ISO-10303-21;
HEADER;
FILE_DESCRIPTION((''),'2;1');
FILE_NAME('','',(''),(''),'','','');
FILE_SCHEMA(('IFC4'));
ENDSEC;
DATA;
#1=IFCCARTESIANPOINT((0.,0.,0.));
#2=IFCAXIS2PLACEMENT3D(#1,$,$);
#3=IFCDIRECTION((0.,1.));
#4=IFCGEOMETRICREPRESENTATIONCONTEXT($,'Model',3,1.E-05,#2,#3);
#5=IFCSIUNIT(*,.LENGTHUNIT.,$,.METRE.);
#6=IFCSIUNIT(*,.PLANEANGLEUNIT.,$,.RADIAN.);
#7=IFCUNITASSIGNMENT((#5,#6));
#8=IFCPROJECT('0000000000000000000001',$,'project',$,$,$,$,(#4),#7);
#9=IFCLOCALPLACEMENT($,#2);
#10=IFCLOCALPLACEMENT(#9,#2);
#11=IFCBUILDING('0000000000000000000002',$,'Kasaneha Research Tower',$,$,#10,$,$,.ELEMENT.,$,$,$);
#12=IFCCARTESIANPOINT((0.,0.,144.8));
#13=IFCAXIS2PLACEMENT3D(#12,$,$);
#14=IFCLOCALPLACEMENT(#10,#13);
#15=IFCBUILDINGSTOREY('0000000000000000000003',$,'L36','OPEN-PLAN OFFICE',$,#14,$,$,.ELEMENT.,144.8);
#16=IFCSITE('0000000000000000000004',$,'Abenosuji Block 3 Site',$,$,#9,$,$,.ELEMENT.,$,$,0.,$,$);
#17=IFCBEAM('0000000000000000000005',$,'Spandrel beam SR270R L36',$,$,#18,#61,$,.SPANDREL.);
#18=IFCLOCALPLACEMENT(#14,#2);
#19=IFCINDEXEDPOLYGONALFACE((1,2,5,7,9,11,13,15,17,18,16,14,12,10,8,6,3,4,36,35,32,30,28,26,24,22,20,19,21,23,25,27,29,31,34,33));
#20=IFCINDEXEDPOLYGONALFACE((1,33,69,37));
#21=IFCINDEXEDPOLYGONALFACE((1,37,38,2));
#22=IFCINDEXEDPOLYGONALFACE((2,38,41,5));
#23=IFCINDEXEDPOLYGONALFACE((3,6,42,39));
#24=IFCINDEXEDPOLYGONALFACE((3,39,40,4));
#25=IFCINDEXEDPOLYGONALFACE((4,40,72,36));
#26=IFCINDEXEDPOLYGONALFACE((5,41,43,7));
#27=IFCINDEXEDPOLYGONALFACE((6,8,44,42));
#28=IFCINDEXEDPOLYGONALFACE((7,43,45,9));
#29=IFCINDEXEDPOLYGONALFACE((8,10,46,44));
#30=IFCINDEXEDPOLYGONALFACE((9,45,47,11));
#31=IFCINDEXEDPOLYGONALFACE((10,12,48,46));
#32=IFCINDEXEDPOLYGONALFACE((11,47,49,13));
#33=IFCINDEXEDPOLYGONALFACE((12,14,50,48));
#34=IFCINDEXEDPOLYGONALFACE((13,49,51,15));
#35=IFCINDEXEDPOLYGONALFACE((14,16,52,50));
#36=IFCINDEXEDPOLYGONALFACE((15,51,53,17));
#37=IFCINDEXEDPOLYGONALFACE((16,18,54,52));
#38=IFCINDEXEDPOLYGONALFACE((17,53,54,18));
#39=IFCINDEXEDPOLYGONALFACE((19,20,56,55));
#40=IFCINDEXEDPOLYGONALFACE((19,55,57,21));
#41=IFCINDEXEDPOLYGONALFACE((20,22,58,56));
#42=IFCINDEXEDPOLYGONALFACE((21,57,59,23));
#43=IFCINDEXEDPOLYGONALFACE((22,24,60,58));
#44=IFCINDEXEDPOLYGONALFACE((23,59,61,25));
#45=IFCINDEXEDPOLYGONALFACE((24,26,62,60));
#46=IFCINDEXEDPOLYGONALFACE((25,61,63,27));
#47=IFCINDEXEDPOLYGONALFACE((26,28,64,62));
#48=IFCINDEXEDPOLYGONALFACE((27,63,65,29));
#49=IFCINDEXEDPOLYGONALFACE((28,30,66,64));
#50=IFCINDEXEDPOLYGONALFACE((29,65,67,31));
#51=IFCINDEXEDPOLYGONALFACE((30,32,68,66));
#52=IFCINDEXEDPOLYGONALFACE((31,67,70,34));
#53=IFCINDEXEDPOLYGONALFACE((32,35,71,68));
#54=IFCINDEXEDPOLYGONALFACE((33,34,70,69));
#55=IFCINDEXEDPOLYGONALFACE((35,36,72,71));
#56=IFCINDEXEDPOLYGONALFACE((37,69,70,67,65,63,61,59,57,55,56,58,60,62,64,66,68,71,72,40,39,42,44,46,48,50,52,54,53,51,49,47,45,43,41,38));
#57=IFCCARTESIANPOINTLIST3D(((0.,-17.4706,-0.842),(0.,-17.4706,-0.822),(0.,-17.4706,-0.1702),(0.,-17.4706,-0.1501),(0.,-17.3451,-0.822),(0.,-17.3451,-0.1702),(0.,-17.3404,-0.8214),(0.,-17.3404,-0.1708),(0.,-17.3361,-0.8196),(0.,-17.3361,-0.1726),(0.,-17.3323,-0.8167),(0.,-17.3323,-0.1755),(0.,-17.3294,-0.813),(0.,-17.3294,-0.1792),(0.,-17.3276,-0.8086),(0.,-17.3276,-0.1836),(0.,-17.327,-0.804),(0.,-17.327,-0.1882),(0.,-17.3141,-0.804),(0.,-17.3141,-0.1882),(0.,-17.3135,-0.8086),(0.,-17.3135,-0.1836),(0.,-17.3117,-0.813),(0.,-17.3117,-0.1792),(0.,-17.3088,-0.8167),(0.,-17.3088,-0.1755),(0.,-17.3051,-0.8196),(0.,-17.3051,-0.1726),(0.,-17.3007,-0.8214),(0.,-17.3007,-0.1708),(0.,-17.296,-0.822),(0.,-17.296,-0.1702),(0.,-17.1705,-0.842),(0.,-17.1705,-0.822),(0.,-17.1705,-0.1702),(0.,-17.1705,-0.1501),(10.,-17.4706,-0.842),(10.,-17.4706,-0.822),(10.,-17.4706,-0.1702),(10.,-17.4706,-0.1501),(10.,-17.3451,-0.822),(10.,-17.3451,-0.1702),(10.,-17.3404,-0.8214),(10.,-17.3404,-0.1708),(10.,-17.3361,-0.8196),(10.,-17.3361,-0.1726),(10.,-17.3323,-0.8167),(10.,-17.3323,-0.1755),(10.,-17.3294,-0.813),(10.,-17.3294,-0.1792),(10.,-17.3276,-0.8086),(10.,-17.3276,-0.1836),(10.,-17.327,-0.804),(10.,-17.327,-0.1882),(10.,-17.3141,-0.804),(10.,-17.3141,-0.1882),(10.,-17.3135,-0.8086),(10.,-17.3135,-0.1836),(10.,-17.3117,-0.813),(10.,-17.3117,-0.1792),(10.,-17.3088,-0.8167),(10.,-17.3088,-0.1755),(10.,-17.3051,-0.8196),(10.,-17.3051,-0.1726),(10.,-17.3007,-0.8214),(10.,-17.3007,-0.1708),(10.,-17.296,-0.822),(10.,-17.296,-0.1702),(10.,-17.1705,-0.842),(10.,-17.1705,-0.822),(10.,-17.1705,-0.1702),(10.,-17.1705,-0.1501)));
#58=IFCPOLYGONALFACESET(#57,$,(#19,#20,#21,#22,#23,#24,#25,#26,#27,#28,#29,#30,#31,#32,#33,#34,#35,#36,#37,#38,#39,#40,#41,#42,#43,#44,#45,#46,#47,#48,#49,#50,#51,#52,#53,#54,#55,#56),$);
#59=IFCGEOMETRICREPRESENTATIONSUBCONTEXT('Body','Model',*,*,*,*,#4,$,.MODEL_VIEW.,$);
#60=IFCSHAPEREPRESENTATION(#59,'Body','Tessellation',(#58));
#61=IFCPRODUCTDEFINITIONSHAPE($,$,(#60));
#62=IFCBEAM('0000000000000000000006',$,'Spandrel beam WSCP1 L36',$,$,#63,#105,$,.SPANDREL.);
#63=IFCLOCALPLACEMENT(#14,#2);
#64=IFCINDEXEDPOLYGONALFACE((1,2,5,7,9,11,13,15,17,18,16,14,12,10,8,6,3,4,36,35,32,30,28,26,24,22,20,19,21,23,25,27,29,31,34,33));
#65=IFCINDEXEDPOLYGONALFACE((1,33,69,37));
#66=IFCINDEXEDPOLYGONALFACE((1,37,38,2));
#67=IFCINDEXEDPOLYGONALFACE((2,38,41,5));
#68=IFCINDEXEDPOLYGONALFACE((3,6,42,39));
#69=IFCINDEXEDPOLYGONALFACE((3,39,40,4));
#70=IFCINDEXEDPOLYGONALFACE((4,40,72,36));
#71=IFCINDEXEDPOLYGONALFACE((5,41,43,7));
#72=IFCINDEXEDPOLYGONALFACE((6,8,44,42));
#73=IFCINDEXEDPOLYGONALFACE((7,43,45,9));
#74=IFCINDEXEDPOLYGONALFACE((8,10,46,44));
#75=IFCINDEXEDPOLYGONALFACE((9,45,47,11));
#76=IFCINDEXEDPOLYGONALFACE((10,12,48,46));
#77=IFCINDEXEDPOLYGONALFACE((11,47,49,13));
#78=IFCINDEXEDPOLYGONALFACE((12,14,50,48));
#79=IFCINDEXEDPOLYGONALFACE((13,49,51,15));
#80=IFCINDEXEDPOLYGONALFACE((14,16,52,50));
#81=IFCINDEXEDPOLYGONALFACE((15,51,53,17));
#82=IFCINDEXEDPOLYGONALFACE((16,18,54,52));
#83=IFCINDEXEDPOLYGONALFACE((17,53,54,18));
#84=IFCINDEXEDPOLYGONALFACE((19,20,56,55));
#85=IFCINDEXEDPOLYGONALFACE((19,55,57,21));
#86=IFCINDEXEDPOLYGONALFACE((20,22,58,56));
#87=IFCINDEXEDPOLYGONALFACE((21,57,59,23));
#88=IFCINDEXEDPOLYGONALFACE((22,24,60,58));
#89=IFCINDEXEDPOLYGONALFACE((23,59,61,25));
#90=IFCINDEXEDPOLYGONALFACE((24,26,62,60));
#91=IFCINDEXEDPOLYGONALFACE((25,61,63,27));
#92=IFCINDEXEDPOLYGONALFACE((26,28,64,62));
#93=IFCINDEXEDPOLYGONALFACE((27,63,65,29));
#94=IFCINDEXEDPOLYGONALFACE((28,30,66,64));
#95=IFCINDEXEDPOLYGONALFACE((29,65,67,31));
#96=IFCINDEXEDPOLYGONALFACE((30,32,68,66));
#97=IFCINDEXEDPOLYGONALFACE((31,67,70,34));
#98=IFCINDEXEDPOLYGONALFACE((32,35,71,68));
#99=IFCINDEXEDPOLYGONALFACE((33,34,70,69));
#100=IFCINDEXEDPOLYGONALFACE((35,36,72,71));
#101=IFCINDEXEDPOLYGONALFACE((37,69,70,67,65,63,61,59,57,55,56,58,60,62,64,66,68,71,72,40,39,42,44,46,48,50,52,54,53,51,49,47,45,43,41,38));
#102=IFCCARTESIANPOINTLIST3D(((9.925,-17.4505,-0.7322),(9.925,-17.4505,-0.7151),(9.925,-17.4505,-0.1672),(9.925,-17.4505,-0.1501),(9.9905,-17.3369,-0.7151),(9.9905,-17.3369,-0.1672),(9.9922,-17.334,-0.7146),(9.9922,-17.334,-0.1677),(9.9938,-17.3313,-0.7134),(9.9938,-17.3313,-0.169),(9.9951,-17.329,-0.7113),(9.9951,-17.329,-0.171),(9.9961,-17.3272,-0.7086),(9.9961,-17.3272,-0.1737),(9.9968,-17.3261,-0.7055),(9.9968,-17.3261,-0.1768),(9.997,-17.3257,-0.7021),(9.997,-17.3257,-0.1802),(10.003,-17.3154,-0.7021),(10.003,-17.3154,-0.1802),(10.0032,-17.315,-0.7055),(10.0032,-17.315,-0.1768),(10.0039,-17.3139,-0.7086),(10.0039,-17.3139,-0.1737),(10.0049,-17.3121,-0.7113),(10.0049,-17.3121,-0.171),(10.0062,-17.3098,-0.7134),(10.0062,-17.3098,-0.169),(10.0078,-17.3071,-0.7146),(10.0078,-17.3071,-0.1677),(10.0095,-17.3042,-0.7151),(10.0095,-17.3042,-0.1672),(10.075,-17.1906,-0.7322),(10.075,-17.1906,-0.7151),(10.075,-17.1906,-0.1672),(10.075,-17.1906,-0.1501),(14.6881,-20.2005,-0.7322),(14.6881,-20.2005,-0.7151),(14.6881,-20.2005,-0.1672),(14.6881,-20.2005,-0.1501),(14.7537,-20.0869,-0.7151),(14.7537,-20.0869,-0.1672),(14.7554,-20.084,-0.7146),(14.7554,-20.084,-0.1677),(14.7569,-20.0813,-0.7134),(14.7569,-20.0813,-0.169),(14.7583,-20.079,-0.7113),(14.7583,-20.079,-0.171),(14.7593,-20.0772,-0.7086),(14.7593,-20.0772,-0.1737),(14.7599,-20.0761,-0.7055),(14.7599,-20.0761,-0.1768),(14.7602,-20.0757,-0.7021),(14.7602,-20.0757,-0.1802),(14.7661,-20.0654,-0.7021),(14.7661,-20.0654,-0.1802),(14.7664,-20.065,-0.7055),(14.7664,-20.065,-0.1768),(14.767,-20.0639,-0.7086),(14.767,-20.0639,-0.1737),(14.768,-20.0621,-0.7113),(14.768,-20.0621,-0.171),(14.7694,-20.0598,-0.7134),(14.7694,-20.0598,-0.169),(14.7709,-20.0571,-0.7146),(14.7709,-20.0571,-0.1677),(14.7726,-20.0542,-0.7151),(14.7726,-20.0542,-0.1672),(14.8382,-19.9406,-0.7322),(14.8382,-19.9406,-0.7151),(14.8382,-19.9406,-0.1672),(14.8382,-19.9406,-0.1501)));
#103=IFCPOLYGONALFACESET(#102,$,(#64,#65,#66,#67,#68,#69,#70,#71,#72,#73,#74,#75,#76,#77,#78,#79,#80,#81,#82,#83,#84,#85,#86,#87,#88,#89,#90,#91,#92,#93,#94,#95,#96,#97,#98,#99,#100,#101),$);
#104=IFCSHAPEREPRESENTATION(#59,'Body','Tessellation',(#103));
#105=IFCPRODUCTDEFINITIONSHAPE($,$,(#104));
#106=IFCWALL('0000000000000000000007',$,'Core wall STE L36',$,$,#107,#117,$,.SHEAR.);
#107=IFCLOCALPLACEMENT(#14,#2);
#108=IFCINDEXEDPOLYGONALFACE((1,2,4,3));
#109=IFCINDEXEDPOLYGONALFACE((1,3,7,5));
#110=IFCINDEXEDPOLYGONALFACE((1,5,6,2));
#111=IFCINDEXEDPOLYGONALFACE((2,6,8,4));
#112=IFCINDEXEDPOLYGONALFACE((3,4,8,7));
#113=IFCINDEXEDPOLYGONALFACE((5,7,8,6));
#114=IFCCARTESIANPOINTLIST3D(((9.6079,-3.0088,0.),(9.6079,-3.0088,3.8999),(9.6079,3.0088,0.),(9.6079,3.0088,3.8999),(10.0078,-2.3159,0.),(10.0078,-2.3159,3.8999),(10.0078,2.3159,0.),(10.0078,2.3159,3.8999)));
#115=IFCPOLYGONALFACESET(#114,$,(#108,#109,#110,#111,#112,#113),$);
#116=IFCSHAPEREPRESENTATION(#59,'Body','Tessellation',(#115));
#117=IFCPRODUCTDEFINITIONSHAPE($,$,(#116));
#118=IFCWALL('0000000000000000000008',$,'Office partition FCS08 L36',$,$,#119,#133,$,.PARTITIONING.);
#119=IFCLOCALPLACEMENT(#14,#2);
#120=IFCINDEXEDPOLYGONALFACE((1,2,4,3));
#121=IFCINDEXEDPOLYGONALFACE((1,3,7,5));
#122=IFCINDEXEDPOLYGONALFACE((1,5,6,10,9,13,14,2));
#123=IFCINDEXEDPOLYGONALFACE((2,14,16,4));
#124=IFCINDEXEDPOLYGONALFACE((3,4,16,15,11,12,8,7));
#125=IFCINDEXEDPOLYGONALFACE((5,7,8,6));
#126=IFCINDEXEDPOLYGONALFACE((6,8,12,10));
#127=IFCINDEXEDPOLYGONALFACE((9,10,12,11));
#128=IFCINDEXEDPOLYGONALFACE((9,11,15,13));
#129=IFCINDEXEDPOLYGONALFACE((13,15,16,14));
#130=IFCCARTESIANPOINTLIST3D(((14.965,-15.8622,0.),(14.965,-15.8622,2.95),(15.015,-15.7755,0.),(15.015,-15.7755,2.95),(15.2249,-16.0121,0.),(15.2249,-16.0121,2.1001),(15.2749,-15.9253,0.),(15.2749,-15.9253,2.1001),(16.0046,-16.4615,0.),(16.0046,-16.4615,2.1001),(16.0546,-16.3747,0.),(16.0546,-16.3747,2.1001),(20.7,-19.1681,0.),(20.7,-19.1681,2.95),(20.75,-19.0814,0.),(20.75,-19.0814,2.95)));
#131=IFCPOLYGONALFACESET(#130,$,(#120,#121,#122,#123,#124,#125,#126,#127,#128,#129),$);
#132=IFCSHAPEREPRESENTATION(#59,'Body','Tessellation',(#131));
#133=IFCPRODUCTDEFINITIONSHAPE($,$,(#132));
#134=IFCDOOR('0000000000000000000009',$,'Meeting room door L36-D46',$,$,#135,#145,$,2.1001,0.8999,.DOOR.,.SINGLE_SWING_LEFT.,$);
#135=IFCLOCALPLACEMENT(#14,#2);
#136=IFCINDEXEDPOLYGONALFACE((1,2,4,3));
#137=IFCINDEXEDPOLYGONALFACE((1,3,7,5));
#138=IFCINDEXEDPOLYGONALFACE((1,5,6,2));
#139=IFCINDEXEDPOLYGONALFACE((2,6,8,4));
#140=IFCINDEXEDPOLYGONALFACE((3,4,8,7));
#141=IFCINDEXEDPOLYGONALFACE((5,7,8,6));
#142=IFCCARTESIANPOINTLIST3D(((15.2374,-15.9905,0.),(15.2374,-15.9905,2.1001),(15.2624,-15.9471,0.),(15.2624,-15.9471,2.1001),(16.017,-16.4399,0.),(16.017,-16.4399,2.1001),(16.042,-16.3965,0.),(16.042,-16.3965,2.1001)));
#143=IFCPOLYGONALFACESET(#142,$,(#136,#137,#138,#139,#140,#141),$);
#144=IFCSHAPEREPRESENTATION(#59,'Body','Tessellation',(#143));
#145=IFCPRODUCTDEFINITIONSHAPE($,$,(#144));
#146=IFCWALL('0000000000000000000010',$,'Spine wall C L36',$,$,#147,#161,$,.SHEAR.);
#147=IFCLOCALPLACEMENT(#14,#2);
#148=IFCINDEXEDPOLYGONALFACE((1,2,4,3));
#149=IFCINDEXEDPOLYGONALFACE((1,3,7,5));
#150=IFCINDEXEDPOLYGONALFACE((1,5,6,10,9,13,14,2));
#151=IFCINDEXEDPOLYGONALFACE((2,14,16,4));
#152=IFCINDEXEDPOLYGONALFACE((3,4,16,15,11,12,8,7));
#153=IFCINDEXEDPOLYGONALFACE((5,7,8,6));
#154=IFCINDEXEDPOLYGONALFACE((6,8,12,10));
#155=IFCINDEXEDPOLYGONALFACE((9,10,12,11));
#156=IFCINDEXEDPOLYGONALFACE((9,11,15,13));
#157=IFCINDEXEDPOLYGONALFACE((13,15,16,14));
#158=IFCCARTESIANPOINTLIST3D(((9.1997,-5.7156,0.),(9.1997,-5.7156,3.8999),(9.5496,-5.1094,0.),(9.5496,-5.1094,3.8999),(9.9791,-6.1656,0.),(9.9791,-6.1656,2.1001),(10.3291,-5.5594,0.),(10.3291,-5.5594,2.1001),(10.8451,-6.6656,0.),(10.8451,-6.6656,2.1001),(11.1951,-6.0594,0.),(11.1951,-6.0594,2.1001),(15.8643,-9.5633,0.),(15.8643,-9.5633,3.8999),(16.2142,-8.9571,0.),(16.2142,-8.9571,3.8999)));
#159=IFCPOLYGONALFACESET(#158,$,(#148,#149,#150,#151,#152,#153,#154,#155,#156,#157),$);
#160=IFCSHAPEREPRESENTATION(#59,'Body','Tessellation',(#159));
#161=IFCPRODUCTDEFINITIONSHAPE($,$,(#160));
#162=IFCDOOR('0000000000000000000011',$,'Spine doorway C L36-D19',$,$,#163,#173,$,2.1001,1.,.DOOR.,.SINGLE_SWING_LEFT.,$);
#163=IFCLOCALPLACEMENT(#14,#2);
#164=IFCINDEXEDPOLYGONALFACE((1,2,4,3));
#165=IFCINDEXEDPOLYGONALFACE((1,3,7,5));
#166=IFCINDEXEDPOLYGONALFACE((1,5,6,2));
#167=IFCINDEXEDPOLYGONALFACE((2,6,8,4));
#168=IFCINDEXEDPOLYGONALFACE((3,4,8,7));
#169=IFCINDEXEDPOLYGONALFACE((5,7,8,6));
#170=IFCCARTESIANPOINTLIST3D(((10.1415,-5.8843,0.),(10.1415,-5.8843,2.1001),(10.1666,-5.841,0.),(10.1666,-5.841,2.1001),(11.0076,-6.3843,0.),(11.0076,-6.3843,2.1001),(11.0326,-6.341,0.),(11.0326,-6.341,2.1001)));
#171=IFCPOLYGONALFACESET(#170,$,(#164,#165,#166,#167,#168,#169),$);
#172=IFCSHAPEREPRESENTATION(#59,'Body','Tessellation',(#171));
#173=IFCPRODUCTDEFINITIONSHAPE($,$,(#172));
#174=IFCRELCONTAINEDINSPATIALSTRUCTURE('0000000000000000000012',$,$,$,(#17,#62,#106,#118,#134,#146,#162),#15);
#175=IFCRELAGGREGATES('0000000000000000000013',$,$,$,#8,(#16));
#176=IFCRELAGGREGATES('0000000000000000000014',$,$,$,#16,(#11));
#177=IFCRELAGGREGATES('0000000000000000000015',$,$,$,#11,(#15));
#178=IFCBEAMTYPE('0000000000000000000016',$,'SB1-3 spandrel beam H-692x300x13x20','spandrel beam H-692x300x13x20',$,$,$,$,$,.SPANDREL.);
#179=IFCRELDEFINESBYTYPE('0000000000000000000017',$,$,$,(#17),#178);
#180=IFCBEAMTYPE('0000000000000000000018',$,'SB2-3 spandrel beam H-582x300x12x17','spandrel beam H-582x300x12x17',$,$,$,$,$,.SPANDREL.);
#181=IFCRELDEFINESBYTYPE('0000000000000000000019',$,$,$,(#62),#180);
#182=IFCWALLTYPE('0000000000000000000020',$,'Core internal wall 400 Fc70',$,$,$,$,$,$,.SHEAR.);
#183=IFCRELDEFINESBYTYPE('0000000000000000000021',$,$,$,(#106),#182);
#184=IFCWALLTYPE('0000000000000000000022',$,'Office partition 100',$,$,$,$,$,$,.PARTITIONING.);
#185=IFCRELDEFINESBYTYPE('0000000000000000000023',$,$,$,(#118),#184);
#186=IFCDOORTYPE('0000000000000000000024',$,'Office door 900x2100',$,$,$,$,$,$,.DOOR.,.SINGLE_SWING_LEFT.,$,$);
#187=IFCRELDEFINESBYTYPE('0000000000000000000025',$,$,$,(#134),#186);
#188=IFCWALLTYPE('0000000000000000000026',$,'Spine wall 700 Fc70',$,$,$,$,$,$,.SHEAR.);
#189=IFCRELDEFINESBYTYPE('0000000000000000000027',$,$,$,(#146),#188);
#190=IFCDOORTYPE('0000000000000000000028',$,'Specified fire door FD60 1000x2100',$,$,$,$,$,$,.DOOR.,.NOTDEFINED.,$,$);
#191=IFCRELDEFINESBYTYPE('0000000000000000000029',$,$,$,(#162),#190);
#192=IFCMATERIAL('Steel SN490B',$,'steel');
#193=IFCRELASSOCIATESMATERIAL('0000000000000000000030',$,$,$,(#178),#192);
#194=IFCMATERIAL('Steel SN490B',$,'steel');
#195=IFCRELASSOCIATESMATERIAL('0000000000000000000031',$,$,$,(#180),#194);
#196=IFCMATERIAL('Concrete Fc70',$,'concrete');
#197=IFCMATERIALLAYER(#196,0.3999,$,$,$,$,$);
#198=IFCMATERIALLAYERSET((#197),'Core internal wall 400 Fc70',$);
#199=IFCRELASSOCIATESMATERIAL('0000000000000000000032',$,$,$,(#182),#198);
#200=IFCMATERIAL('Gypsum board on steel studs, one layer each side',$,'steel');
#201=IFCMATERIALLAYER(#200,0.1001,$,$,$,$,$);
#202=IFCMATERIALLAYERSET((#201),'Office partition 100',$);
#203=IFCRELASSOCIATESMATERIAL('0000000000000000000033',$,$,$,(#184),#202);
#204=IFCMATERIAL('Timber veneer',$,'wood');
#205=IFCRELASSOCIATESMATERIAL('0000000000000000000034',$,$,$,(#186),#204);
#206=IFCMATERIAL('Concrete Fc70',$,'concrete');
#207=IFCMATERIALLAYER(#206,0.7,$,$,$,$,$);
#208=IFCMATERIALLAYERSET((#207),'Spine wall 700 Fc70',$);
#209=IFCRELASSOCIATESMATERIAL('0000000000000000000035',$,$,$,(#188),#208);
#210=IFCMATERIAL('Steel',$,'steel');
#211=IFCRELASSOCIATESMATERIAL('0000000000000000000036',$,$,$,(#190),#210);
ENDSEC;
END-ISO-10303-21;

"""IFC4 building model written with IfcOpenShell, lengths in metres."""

from ifc_helpers import new_model, si_unit, direction, frame, frame_2d, origin, origin_2d, place, context, subcontext, project, spatial, polyline, rectangle, i_section, outline, extrude, material, layer, layer_set, material_profile, profile_set, type_object, element, fill, save


model = new_model("IFC4")

# Units and contexts
model_context = context("Model", 3, precision=1e-05, world=origin(), true_north=direction((0.0, 1.0)))
body_context = subcontext(model_context, "Body", "Model", "MODEL_VIEW")
ifc_project = project(units=[si_unit("LENGTHUNIT", "METRE"), si_unit("PLANEANGLEUNIT", "RADIAN")], contexts=[model_context])

# Site, building, storey
site_placement = place(None, origin())
site = spatial("IfcSite", under=ifc_project, at=site_placement, Name="Abenosuji Block 3 Site", CompositionType="ELEMENT", RefElevation=0.0)
building_placement = place(site_placement, origin())
building = spatial("IfcBuilding", under=site, at=building_placement, Name="Kasaneha Research Tower", CompositionType="ELEMENT")
storey_placement = place(building_placement, frame((0.0, 0.0, 144.8)))
storey = spatial("IfcBuildingStorey", under=building, at=storey_placement, Name="L36", Description="OPEN-PLAN OFFICE", CompositionType="ELEMENT", Elevation=144.8)

# Beams
ifc_material_1 = material(Name="Steel SN490B", Category="steel")
ifc_material_profile_1 = material_profile(ifc_material_1, i_section(OverallWidth=0.3, OverallDepth=0.6919, WebThickness=0.0129, FlangeThickness=0.02, FilletRadius=0.0181, at=origin_2d()), Name="H-692x300x13x20")
ifc_profile_set_1 = profile_set([ifc_material_profile_1], Name="Steel SN490B")
beam_type_1 = type_object("IfcBeamType", Name="SB1-3 spandrel beam H-692x300x13x20", Description="spandrel beam H-692x300x13x20", PredefinedType="SPANDREL", material=ifc_profile_set_1)
beam_1_placement = place(storey_placement, frame((10.0, -17.3206, -0.4961), z_axis=(-1.0, 0.0, 0.0), x_axis=(0.0, -1.0, 0.0)))
element("IfcBeam", 1, at=beam_1_placement, inside=storey, type_object=beam_type_1, Name="Spandrel beam SR270R L36", PredefinedType="SPANDREL", context=body_context, shape_type="SweptSolid", body=[
    extrude(i_section(OverallWidth=0.3, OverallDepth=0.6919, WebThickness=0.0129, FlangeThickness=0.02, FilletRadius=0.0181, at=origin_2d()), origin(), (0.0, 0.0, 1.0), 10.0),
])
ifc_material_2 = material(Name="Steel SN490B", Category="steel")
ifc_material_profile_2 = material_profile(ifc_material_2, i_section(OverallWidth=0.3, OverallDepth=0.582, WebThickness=0.012, FlangeThickness=0.0171, FilletRadius=0.0129, at=origin_2d()), Name="H-582x300x12x17")
ifc_profile_set_2 = profile_set([ifc_material_profile_2], Name="Steel SN490B")
beam_type_2 = type_object("IfcBeamType", Name="SB2-3 spandrel beam H-582x300x12x17", Description="spandrel beam H-582x300x12x17", PredefinedType="SPANDREL", material=ifc_profile_set_2)
beam_2_placement = place(storey_placement, frame((10.0, -17.3206, -0.4412), z_axis=(0.866027, -0.499997, 0.0), x_axis=(0.499997, 0.866027, 0.0)))
element("IfcBeam", 2, at=beam_2_placement, inside=storey, type_object=beam_type_2, Name="Spandrel beam WSCP1 L36", PredefinedType="SPANDREL", context=body_context, shape_type="SweptSolid", body=[
    extrude(i_section(OverallWidth=0.3, OverallDepth=0.582, WebThickness=0.012, FlangeThickness=0.0171, FilletRadius=0.0129, at=origin_2d()), origin(), (0.0, 0.0, 1.0), 5.5),
])

# Wall
ifc_material_3 = material(Name="Concrete Fc70", Category="concrete")
ifc_layer_1 = layer(ifc_material_3, 0.3999)
ifc_layer_set_1 = layer_set([ifc_layer_1], Name="Core internal wall 400 Fc70")
wall_type_1 = type_object("IfcWallType", Name="Core internal wall 400 Fc70", PredefinedType="SHEAR", material=ifc_layer_set_1)
wall_1_placement = place(storey_placement, frame((9.8079, -2.6624, 0.0), z_axis=(0.0, 0.0, 1.0), x_axis=(0.0, 1.0, 0.0)))
element("IfcWall", 3, at=wall_1_placement, inside=storey, type_object=wall_type_1, Name="Core wall STE L36", PredefinedType="SHEAR", context=body_context, shape_type="SweptSolid", body=[
    extrude(outline(polyline([(0.3464, -0.2), (4.9783, -0.2), (5.6711, 0.2), (-0.3464, 0.2), (0.3464, -0.2)])), origin(), (0.0, 0.0, 1.0), 3.8999),
])

# Walls, openings, doors
ifc_material_4 = material(Name="Gypsum board on steel studs, one layer each side", Category="steel")
ifc_layer_2 = layer(ifc_material_4, 0.1001)
ifc_layer_set_2 = layer_set([ifc_layer_2], Name="Office partition 100")
wall_type_2 = type_object("IfcWallType", Name="Office partition 100", PredefinedType="PARTITIONING", material=ifc_layer_set_2)
wall_2_placement = place(storey_placement, frame((14.99, -15.8188, 0.0), z_axis=(0.0, 0.0, 1.0), x_axis=(0.866369, -0.499404, 0.0)))
wall_2 = element("IfcWall", 4, at=wall_2_placement, inside=storey, type_object=wall_type_2, Name="Office partition FCS08 L36", PredefinedType="PARTITIONING", context=body_context, shape_type="SweptSolid", body=[
    extrude(rectangle(XDim=6.6196, YDim=0.1001, at=frame_2d((3.3098, 0.0))), origin(), (0.0, 0.0, 1.0), 2.95),
])
opening_1_placement = place(wall_2_placement, frame((0.3, 0.0, 0.0)))
opening_1 = element("IfcOpeningElement", 5, at=opening_1_placement, cuts=wall_2, PredefinedType="OPENING", context=body_context, shape_type="SweptSolid", body=[
    extrude(rectangle(XDim=0.8999, YDim=2.1001, at=frame_2d((0.45, 1.05))), frame((0.0, 0.0601, 0.0), z_axis=(0.0, -1.0, 0.0), x_axis=(1.0, 0.0, 0.0)), (0.0, 0.0, 1.0), 0.1201),
])
ifc_material_5 = material(Name="Timber veneer", Category="wood")
door_type_1 = type_object("IfcDoorType", Name="Office door 900x2100", OperationType="SINGLE_SWING_LEFT", PredefinedType="DOOR", material=ifc_material_5)
door_1_placement = place(opening_1_placement, origin())
door_1 = element("IfcDoor", 6, at=door_1_placement, inside=storey, type_object=door_type_1, Name="Meeting room door L36-D46", OperationType="SINGLE_SWING_LEFT", OverallHeight=2.1001, OverallWidth=0.8999, PredefinedType="DOOR", context=body_context, shape_type="SweptSolid", body=[
    extrude(rectangle(XDim=0.8999, YDim=2.1001, at=frame_2d((0.45, 1.05))), frame((0.0, 0.0249, 0.0), z_axis=(0.0, -1.0, 0.0), x_axis=(1.0, 0.0, 0.0)), (0.0, 0.0, 1.0), 0.05),
])
fill(opening_1, door_1)
ifc_material_6 = material(Name="Concrete Fc70", Category="concrete")
ifc_layer_3 = layer(ifc_material_6, 0.7)
ifc_layer_set_3 = layer_set([ifc_layer_3], Name="Spine wall 700 Fc70")
wall_type_3 = type_object("IfcWallType", Name="Spine wall 700 Fc70", PredefinedType="SHEAR", material=ifc_layer_set_3)
wall_3_placement = place(storey_placement, frame((9.3748, -5.4126, 0.0), z_axis=(0.0, 0.0, 1.0), x_axis=(0.866032, -0.499988, 0.0)))
wall_3 = element("IfcWall", 7, at=wall_3_placement, inside=storey, type_object=wall_type_3, Name="Spine wall C L36", PredefinedType="SHEAR", context=body_context, shape_type="SweptSolid", body=[
    extrude(rectangle(XDim=7.6956, YDim=0.7, at=frame_2d((3.8477, 0.0))), origin(), (0.0, 0.0, 1.0), 3.8999),
])
opening_2_placement = place(wall_3_placement, frame((0.8999, 0.0, 0.0)))
opening_2 = element("IfcOpeningElement", 8, at=opening_2_placement, cuts=wall_3, PredefinedType="OPENING", context=body_context, shape_type="SweptSolid", body=[
    extrude(rectangle(XDim=1.0, YDim=2.1001, at=frame_2d((0.5, 1.05))), frame((0.0, 0.3599, 0.0), z_axis=(0.0, -1.0, 0.0), x_axis=(1.0, 0.0, 0.0)), (0.0, 0.0, 1.0), 0.72),
])
ifc_material_7 = material(Name="Steel", Category="steel")
door_type_2 = type_object("IfcDoorType", Name="Specified fire door FD60 1000x2100", OperationType="NOTDEFINED", PredefinedType="DOOR", material=ifc_material_7)
door_2_placement = place(opening_2_placement, origin())
door_2 = element("IfcDoor", 9, at=door_2_placement, inside=storey, type_object=door_type_2, Name="Spine doorway C L36-D19", OperationType="SINGLE_SWING_LEFT", OverallHeight=2.1001, OverallWidth=1.0, PredefinedType="DOOR", context=body_context, shape_type="SweptSolid", body=[
    extrude(rectangle(XDim=1.0, YDim=2.1001, at=frame_2d((0.5, 1.05))), frame((0.0, 0.0249, 0.0), z_axis=(0.0, -1.0, 0.0), x_axis=(1.0, 0.0, 0.0)), (0.0, 0.0, 1.0), 0.05),
])
fill(opening_2, door_2)

save(model, "model.ifc")
